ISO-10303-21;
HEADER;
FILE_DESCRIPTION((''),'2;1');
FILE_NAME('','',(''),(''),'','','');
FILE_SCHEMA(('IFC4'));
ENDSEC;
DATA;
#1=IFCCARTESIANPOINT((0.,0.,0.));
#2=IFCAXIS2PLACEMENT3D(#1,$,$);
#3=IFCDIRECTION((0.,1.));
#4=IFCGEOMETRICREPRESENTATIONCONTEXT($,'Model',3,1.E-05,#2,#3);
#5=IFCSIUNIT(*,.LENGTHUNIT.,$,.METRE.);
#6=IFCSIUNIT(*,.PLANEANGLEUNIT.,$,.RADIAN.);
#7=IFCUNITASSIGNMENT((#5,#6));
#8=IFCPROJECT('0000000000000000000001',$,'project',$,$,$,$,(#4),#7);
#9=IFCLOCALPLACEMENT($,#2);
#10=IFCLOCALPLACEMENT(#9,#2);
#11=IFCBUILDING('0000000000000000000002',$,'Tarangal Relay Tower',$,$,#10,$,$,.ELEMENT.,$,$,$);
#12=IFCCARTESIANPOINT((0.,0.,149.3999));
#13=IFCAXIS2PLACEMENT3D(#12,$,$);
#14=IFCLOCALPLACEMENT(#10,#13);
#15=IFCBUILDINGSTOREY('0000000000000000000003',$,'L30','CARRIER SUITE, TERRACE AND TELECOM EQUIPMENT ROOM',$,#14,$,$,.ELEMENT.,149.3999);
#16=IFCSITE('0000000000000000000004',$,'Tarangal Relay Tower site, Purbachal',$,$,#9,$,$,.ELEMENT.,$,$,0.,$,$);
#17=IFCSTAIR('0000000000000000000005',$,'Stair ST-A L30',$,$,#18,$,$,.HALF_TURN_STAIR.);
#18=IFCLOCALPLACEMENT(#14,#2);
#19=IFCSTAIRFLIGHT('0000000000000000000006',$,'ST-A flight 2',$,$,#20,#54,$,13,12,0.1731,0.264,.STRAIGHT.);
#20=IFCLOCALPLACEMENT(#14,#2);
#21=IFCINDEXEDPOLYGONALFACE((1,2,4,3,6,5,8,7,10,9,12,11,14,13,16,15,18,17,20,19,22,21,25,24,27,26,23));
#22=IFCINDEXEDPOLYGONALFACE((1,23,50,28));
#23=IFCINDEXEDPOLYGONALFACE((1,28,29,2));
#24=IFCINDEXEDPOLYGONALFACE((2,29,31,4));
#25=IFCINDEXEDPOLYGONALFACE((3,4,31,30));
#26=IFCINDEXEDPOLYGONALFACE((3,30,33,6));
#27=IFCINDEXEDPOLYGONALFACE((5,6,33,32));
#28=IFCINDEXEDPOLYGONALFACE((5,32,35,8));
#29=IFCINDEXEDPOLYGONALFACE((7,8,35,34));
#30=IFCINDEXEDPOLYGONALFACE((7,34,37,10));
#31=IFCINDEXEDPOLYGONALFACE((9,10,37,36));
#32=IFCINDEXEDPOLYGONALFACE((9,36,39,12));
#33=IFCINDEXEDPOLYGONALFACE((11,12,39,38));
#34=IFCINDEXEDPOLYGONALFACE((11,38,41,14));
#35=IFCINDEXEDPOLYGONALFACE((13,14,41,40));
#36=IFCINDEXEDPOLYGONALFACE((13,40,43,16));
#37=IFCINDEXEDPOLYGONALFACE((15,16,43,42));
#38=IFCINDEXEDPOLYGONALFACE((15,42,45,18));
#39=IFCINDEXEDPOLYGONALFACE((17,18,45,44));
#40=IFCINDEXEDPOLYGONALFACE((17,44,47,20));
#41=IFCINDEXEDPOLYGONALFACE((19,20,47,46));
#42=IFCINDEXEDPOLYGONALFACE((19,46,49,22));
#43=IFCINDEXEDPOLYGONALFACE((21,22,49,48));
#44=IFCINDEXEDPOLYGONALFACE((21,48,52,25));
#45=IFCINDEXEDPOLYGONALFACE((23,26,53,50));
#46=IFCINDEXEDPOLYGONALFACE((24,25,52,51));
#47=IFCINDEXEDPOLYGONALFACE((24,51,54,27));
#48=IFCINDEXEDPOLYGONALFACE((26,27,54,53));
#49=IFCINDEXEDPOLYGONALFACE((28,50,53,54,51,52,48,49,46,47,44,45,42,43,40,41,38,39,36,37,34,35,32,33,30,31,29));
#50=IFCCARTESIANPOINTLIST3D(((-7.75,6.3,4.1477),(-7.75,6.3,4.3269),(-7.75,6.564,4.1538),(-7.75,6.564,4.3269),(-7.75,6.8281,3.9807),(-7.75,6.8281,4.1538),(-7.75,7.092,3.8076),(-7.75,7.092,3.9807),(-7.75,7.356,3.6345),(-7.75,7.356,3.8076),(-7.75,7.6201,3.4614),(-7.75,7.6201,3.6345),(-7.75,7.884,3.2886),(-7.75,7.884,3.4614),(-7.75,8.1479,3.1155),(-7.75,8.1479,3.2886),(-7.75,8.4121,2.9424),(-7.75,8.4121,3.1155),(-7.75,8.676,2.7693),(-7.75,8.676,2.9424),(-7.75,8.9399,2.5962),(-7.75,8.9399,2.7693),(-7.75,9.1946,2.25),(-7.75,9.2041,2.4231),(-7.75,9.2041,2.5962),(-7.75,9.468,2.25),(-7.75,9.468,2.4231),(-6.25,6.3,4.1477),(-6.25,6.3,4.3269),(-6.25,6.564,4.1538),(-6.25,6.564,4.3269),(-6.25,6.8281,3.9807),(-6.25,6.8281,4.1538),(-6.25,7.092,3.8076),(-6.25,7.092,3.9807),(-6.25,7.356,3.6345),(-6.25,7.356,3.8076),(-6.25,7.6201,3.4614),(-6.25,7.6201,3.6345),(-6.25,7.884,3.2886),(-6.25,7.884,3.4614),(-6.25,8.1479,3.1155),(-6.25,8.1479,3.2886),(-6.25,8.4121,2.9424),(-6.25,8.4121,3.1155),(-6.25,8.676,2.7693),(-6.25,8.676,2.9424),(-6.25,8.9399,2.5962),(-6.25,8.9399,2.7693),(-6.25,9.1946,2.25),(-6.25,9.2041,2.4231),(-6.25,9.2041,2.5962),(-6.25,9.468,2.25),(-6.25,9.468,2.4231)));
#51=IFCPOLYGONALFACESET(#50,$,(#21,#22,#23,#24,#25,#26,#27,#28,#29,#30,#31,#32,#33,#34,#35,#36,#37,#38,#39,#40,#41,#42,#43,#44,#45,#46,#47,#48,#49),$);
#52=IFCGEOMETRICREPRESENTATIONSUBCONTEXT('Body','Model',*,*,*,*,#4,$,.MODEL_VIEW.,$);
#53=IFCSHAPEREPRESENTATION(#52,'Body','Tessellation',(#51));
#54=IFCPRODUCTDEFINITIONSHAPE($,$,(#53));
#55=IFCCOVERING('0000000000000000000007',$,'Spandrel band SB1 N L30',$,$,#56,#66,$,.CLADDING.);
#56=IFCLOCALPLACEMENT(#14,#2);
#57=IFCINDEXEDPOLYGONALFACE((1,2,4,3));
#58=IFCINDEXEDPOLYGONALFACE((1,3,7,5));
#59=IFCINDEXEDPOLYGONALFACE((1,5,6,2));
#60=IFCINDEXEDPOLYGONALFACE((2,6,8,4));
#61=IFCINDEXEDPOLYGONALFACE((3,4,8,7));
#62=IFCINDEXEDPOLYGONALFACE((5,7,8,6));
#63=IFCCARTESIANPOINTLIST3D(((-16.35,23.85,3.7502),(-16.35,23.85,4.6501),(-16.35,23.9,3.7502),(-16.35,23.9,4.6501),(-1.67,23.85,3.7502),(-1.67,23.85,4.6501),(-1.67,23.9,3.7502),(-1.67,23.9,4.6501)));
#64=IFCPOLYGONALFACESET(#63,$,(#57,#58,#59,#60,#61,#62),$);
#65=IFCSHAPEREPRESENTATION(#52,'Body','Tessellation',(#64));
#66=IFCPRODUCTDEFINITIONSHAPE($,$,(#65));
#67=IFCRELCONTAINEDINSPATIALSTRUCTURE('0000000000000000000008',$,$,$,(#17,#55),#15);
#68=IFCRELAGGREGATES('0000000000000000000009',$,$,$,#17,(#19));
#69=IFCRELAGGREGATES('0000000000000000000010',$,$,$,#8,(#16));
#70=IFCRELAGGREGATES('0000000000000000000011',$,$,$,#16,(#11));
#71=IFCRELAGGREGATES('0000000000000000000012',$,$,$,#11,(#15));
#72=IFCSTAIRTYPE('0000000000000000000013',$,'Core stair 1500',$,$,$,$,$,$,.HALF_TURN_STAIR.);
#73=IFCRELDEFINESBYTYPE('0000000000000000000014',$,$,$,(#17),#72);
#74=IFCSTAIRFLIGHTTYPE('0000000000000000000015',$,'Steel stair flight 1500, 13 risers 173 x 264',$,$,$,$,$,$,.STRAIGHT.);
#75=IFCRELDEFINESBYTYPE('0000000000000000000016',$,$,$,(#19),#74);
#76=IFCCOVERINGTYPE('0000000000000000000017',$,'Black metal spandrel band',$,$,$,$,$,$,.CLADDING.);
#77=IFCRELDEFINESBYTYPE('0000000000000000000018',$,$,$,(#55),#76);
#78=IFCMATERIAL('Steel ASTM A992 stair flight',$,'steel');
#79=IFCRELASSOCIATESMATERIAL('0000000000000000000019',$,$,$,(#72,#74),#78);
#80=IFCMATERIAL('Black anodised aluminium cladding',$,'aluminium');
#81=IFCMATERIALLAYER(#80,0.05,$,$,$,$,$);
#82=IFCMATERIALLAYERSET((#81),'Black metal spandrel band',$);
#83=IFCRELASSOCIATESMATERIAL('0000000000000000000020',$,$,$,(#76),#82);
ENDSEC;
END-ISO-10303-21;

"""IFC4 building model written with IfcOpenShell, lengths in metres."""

from ifc_helpers import new_model, si_unit, direction, frame, origin, origin_2d, place, context, subcontext, project, spatial, polyline, rectangle, outline, extrude, material, layer, layer_set, type_object, element, aggregate, save


model = new_model("IFC4")

# Units and contexts
model_context = context("Model", 3, precision=1e-05, world=origin(), true_north=direction((0.0, 1.0)))
body_context = subcontext(model_context, "Body", "Model", "MODEL_VIEW")
ifc_project = project(units=[si_unit("LENGTHUNIT", "METRE"), si_unit("PLANEANGLEUNIT", "RADIAN")], contexts=[model_context])

# Site, building, storey
site_placement = place(None, origin())
site = spatial("IfcSite", under=ifc_project, at=site_placement, Name="Tarangal Relay Tower site, Purbachal", CompositionType="ELEMENT", RefElevation=0.0)
building_placement = place(site_placement, origin())
building = spatial("IfcBuilding", under=site, at=building_placement, Name="Tarangal Relay Tower", CompositionType="ELEMENT")
storey_placement = place(building_placement, frame((0.0, 0.0, 149.3999)))
storey = spatial("IfcBuildingStorey", under=building, at=storey_placement, Name="L30", Description="CARRIER SUITE, TERRACE AND TELECOM EQUIPMENT ROOM", CompositionType="ELEMENT", Elevation=149.3999)

# Stair, stair flight
ifc_material_1 = material(Name="Steel ASTM A992 stair flight", Category="steel")
stair_type = type_object("IfcStairType", Name="Core stair 1500", PredefinedType="HALF_TURN_STAIR", material=ifc_material_1)
stair_placement = place(storey_placement, origin())
stair = element("IfcStair", 1, at=stair_placement, inside=storey, type_object=stair_type, Name="Stair ST-A L30", PredefinedType="HALF_TURN_STAIR")
stair_flight_type = type_object("IfcStairFlightType", Name="Steel stair flight 1500, 13 risers 173 x 264", PredefinedType="STRAIGHT", material=ifc_material_1)
stair_flight_placement = place(storey_placement, frame((-7.0, 9.468, 2.25), z_axis=(0.0, 0.0, 1.0), x_axis=(0.0, -1.0, 0.0)))
stair_flight = element("IfcStairFlight", 2, at=stair_flight_placement, type_object=stair_flight_type, Name="ST-A flight 2", NumberOfRisers=13, NumberOfTreads=12, PredefinedType="STRAIGHT", RiserHeight=0.1731, TreadLength=0.264, context=body_context, shape_type="SweptSolid", body=[
    extrude(outline(polyline([(0.0, 0.0), (0.0, 0.1731), (0.2639, 0.1731), (0.2639, 0.3462), (0.5281, 0.3462), (0.5281, 0.5193), (0.792, 0.5193), (0.792, 0.6924), (1.0559, 0.6924), (1.0559, 0.8655), (1.3201, 0.8655), (1.3201, 1.0386), (1.584, 1.0386), (1.584, 1.2114), (1.8479, 1.2114), (1.8479, 1.3845), (2.1121, 1.3845), (2.1121, 1.5576), (2.376, 1.5576), (2.376, 1.7307), (2.6399, 1.7307), (2.6399, 1.9038), (2.9041, 1.9038), (2.9041, 2.0769), (3.168, 2.0769), (3.168, 2.25), (3.168, 1.8977), (0.2734, 0.0), (0.0, 0.0)])), frame((0.0, 0.75, 0.0), z_axis=(0.0, -1.0, 0.0), x_axis=(1.0, 0.0, 0.0)), (0.0, 0.0, 1.0), 1.5),
])
aggregate(stair, [stair_flight])

# Covering
ifc_material_2 = material(Name="Black anodised aluminium cladding", Category="aluminium")
ifc_layer_1 = layer(ifc_material_2, 0.05)
ifc_layer_set_1 = layer_set([ifc_layer_1], Name="Black metal spandrel band")
covering_type = type_object("IfcCoveringType", Name="Black metal spandrel band", PredefinedType="CLADDING", material=ifc_layer_set_1)
covering_placement = place(storey_placement, frame((-9.01, 23.875, 3.7502), z_axis=(0.0, 0.0, 1.0), x_axis=(1.0, 0.0, 0.0)))
element("IfcCovering", 3, at=covering_placement, inside=storey, type_object=covering_type, Name="Spandrel band SB1 N L30", PredefinedType="CLADDING", context=body_context, shape_type="SweptSolid", body=[
    extrude(rectangle(XDim=14.6799, YDim=0.05, at=origin_2d()), origin(), (0.0, 0.0, 1.0), 0.8999),
])

save(model, "model.ifc")
